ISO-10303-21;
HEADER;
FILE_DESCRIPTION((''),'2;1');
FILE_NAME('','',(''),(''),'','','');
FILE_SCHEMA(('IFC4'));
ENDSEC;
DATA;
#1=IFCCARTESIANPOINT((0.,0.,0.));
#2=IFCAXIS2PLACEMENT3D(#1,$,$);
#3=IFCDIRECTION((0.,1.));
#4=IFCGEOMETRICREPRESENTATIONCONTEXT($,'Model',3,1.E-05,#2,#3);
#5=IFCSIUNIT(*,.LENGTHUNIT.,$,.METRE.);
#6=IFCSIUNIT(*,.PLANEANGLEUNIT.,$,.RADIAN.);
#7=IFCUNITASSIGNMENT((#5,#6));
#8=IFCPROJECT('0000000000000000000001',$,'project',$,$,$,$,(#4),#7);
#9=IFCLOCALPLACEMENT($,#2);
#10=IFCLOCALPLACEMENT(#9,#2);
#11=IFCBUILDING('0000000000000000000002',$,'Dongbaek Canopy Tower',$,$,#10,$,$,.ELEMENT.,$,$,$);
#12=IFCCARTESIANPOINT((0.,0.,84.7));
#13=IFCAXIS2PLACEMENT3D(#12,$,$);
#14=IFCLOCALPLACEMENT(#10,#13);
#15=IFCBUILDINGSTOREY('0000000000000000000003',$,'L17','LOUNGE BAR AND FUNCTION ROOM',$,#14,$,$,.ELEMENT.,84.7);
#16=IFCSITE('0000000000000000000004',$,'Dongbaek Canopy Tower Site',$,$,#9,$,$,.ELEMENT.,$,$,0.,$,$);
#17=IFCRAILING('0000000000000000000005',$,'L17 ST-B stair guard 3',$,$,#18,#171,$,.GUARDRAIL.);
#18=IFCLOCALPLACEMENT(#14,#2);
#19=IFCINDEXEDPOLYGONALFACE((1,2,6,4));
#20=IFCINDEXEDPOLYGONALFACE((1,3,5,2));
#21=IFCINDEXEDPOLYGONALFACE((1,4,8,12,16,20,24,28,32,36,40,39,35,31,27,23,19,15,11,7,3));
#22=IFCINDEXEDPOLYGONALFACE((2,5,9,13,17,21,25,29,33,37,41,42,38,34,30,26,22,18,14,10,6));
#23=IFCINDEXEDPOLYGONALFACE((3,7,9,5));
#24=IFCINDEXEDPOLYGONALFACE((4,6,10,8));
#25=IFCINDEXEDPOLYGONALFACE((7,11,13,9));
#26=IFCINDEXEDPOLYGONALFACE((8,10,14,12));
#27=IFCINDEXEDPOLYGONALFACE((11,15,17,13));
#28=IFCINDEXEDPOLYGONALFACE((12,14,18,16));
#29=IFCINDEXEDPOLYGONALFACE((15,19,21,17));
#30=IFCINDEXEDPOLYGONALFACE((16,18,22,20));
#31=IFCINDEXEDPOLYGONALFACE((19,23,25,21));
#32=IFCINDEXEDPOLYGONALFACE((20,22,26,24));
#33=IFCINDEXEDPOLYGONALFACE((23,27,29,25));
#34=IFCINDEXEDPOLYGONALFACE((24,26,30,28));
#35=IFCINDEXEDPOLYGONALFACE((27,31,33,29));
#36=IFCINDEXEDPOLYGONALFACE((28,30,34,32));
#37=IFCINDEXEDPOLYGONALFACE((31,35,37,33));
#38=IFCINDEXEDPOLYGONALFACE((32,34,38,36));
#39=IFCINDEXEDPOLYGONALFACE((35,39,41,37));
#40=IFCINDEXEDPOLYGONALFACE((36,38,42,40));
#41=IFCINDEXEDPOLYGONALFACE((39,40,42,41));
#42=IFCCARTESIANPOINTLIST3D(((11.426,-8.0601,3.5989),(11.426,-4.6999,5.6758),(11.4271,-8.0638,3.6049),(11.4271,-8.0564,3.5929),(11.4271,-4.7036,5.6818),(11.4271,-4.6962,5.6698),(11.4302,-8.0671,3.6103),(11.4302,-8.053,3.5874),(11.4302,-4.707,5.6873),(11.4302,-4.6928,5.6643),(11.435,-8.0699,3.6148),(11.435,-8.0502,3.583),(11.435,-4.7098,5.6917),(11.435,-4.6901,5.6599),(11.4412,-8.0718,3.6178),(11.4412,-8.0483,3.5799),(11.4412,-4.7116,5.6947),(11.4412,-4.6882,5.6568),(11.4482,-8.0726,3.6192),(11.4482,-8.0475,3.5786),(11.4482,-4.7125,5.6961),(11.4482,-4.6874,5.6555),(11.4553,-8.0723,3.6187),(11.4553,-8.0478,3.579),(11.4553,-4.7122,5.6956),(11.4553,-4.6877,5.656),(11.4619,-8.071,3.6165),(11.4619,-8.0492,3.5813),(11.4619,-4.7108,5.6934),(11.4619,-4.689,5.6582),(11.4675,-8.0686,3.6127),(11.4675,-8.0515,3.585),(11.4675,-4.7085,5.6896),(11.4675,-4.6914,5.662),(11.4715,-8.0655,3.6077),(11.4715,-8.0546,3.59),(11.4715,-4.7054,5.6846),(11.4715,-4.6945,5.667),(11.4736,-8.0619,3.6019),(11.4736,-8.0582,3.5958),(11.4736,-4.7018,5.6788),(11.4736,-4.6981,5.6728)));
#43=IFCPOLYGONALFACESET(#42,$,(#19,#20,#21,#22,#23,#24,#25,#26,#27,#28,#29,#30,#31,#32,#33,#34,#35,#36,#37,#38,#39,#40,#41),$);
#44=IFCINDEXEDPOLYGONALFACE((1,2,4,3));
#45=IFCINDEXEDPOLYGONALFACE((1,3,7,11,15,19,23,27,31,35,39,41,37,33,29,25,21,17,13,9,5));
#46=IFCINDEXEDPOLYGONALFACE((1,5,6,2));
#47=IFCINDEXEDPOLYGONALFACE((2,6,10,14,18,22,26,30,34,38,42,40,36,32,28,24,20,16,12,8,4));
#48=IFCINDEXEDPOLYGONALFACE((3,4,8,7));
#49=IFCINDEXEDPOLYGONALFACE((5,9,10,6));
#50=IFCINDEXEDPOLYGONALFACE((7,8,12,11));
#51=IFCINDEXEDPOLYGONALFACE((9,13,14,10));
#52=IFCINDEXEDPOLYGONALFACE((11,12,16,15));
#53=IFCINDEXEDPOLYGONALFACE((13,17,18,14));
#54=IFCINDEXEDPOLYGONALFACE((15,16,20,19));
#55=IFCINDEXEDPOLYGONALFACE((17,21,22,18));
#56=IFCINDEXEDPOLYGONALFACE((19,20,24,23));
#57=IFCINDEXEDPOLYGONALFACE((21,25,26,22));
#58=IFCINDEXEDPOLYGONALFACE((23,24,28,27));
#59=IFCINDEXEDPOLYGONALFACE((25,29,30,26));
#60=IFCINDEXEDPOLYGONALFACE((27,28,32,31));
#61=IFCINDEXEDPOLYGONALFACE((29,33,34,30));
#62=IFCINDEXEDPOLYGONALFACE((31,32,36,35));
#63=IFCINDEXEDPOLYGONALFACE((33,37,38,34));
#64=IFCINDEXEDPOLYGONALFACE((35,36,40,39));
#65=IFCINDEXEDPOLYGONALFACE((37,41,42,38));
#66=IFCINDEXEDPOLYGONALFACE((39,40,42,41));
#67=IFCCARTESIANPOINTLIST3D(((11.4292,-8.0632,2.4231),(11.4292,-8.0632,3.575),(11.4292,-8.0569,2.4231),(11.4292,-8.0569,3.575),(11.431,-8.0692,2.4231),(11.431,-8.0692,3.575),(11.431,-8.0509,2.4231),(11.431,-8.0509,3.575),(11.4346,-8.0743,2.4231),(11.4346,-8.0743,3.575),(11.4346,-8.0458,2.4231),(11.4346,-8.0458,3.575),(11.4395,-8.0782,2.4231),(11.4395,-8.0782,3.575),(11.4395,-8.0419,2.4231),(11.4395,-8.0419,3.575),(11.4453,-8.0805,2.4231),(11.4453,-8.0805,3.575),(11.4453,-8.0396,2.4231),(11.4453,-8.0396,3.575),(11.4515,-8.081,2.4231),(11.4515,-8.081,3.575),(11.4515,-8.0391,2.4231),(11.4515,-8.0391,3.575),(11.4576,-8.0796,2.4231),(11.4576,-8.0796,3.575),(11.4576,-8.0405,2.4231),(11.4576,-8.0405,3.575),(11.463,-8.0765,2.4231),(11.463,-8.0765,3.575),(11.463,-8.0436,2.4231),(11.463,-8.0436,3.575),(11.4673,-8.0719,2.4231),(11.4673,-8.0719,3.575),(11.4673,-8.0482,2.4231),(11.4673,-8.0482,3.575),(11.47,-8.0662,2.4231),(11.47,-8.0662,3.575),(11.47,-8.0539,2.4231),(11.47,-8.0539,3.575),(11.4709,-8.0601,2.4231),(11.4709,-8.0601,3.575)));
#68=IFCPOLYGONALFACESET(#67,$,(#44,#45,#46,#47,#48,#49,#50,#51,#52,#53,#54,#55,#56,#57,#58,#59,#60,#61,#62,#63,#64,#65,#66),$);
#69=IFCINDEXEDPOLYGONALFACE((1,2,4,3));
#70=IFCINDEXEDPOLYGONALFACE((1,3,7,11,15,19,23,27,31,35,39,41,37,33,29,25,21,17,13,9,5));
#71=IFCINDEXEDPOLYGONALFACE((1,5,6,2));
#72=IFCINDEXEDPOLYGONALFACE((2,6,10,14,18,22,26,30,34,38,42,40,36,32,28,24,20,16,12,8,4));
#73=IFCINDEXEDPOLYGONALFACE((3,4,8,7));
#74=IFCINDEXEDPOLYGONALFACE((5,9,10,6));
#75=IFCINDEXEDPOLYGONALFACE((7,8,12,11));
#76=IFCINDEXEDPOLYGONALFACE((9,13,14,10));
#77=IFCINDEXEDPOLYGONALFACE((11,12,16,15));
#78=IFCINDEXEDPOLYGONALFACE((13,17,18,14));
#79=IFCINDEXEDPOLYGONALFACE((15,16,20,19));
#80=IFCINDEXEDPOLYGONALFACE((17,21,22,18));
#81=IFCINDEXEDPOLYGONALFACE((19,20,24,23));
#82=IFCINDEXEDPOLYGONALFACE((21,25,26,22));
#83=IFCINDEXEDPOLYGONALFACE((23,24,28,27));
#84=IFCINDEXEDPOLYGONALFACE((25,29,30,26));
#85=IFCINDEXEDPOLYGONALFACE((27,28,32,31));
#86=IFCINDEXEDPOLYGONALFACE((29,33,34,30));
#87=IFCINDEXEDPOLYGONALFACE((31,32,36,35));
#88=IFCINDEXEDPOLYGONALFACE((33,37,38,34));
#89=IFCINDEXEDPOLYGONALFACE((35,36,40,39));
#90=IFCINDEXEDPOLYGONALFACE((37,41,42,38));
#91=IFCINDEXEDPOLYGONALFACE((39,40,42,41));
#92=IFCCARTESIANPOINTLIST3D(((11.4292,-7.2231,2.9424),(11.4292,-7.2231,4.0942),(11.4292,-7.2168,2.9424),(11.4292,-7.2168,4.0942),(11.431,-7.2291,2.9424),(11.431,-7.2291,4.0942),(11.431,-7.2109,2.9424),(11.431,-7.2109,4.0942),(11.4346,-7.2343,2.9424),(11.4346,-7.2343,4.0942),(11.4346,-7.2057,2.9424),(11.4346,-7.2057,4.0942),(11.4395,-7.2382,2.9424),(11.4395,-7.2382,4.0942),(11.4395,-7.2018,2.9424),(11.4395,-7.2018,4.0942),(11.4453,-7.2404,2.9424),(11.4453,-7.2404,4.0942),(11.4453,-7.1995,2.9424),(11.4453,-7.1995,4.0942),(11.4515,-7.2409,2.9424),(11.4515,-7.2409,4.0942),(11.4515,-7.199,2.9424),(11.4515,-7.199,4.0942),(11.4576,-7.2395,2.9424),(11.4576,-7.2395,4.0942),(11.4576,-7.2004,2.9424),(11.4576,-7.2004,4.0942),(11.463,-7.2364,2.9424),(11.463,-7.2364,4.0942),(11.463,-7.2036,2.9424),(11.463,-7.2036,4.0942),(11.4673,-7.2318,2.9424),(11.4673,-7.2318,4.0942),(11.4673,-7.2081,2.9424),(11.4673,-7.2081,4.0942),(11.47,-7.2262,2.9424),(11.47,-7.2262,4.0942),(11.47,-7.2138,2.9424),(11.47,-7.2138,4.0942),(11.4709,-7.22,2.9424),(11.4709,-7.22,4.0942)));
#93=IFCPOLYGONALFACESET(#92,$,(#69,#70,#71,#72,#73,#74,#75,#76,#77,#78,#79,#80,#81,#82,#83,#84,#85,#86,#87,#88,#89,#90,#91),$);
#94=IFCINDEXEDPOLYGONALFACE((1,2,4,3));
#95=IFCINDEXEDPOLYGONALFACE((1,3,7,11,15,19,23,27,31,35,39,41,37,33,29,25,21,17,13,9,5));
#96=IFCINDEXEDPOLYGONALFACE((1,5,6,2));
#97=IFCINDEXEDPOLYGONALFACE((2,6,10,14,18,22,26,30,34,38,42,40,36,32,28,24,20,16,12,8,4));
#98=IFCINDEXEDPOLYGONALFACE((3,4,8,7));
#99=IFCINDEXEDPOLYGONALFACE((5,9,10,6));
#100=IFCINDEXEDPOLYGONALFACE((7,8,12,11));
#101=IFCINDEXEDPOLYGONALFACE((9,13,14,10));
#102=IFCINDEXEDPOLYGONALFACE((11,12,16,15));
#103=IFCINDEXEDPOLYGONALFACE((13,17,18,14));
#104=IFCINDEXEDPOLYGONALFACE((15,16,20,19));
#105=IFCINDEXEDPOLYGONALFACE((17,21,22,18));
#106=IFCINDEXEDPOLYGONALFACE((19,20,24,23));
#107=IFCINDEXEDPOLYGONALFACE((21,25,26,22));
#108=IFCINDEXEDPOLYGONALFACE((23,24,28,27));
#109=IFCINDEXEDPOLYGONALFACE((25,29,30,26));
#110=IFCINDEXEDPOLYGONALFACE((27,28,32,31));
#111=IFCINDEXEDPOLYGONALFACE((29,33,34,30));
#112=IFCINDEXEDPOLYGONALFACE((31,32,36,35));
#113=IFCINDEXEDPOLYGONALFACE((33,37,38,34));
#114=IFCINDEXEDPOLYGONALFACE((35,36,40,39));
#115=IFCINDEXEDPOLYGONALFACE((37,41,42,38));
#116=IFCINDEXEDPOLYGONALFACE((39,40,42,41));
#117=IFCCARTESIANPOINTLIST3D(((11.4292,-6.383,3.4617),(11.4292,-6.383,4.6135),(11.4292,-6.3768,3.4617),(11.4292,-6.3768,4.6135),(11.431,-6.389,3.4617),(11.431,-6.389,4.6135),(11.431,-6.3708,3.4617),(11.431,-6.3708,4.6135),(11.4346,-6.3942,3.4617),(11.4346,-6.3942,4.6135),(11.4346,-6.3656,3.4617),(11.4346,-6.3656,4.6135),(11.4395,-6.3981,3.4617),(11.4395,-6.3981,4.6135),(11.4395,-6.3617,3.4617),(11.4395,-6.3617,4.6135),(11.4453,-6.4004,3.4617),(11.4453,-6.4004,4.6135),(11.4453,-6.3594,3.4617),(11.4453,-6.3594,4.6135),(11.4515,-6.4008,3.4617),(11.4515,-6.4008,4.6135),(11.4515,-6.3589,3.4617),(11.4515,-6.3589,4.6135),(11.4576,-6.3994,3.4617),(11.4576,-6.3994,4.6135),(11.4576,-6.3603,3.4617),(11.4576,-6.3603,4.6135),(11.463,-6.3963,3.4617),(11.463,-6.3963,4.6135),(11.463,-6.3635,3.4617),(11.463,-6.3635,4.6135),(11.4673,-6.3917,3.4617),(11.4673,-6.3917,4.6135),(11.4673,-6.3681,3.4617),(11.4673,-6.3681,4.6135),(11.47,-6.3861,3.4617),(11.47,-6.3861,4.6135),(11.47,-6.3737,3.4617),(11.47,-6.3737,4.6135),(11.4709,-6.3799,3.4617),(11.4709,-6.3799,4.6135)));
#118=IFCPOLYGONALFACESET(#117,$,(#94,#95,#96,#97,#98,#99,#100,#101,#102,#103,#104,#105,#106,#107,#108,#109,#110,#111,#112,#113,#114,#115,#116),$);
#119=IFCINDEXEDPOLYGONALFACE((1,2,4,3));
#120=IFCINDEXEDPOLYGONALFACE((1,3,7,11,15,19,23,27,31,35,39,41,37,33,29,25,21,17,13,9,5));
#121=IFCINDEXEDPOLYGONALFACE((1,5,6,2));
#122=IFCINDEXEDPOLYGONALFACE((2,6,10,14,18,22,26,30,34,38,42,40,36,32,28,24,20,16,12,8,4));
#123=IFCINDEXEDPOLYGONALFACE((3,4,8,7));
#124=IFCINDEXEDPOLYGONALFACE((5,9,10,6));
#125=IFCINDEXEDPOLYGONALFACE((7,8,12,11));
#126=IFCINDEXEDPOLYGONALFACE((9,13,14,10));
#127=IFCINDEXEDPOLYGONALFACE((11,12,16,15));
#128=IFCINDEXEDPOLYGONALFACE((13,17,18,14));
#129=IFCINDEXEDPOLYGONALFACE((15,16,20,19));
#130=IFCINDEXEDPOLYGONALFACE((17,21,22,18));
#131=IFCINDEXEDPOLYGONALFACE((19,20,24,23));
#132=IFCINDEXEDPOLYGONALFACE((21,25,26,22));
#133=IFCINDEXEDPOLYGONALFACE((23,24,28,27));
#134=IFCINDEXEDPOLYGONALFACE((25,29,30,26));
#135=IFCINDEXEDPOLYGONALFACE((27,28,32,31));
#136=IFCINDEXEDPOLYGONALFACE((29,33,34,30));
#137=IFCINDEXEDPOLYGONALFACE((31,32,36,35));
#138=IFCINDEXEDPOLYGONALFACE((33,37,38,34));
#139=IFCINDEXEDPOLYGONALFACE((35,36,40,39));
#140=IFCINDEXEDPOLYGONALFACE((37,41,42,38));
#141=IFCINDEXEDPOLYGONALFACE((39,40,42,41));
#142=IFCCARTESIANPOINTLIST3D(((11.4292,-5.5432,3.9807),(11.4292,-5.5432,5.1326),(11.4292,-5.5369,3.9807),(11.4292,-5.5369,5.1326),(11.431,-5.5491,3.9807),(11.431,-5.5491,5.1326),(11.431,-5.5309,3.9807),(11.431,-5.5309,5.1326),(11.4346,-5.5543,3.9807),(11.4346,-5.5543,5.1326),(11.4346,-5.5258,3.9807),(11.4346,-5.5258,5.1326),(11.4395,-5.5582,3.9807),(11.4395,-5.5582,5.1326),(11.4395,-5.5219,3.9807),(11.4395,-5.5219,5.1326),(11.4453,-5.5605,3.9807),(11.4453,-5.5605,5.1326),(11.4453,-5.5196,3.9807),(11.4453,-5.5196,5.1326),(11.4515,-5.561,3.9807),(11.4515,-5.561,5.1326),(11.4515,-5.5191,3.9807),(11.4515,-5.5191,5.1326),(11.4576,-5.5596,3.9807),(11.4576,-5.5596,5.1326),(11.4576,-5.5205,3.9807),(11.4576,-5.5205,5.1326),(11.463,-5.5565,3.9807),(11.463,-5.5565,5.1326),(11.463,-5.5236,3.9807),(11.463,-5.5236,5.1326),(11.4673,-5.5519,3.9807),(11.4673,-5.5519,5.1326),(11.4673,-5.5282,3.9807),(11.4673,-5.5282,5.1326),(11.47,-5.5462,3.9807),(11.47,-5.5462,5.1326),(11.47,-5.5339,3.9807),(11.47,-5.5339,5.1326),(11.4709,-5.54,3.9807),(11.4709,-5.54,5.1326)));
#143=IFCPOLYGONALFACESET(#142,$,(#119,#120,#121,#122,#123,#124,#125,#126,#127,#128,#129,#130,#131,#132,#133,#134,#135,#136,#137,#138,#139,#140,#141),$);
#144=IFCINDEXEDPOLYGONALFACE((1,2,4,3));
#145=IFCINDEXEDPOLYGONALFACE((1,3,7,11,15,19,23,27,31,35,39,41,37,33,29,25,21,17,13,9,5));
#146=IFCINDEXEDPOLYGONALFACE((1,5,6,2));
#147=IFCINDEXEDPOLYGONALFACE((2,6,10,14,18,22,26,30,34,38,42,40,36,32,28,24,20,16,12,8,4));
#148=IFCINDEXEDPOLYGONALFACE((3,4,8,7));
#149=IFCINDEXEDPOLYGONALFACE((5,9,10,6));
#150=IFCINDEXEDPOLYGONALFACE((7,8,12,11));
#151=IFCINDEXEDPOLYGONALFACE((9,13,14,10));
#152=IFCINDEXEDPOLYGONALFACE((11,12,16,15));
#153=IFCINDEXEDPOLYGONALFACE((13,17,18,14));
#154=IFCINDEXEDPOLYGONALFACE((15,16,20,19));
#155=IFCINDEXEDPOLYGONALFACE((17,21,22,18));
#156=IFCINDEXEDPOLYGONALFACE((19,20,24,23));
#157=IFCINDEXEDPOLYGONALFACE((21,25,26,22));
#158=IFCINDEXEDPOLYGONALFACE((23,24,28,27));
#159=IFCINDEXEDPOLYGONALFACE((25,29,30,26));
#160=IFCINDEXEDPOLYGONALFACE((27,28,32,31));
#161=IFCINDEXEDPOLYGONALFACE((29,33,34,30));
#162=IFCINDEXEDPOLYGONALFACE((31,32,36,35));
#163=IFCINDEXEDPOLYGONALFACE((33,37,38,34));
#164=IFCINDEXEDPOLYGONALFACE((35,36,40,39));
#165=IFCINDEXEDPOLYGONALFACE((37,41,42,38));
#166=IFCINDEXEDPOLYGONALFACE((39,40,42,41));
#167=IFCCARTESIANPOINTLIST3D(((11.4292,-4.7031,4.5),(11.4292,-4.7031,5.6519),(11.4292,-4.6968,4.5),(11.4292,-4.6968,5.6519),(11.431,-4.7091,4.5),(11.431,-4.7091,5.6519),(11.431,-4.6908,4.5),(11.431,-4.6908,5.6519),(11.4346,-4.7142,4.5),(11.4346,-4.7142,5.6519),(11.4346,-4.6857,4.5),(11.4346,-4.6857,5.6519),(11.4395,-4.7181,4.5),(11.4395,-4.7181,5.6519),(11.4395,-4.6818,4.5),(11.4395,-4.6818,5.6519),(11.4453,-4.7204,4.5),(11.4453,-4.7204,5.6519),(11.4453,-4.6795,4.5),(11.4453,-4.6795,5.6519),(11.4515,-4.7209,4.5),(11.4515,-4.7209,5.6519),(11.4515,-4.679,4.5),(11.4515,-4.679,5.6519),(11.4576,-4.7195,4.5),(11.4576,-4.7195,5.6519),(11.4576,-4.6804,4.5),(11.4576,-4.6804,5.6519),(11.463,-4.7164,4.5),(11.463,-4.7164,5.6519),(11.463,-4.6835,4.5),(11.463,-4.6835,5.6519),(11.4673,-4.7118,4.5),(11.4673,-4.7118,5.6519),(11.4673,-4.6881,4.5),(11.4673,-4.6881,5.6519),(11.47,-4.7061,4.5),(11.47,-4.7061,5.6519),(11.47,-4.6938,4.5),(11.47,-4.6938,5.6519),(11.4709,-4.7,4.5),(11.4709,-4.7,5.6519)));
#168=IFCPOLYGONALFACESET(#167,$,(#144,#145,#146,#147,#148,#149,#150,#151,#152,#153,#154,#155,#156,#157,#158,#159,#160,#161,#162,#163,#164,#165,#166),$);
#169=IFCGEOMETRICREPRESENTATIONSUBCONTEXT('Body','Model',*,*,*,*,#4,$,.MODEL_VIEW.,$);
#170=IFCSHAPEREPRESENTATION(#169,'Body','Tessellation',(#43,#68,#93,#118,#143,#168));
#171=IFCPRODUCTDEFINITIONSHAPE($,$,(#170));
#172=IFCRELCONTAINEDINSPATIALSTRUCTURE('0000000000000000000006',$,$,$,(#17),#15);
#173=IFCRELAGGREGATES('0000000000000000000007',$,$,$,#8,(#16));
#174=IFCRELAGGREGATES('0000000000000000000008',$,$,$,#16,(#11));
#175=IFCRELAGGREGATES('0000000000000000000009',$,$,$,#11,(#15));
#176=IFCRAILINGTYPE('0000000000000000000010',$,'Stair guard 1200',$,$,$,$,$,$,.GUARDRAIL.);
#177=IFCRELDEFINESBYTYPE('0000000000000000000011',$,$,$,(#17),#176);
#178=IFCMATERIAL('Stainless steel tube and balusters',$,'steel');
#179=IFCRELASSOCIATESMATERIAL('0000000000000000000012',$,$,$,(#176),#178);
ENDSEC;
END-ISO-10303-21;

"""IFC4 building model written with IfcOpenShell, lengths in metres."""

from ifc_helpers import new_model, si_unit, direction, frame, origin, origin_2d, place, context, subcontext, project, spatial, circle, extrude, material, type_object, element, save


model = new_model("IFC4")

# Units and contexts
model_context = context("Model", 3, precision=1e-05, world=origin(), true_north=direction((0.0, 1.0)))
body_context = subcontext(model_context, "Body", "Model", "MODEL_VIEW")
ifc_project = project(units=[si_unit("LENGTHUNIT", "METRE"), si_unit("PLANEANGLEUNIT", "RADIAN")], contexts=[model_context])

# Site, building, storey
site_placement = place(None, origin())
site = spatial("IfcSite", under=ifc_project, at=site_placement, Name="Dongbaek Canopy Tower Site", CompositionType="ELEMENT", RefElevation=0.0)
building_placement = place(site_placement, origin())
building = spatial("IfcBuilding", under=site, at=building_placement, Name="Dongbaek Canopy Tower", CompositionType="ELEMENT")
storey_placement = place(building_placement, frame((0.0, 0.0, 84.7)))
storey = spatial("IfcBuildingStorey", under=building, at=storey_placement, Name="L17", Description="LOUNGE BAR AND FUNCTION ROOM", CompositionType="ELEMENT", Elevation=84.7)

# Railing
ifc_material_1 = material(Name="Stainless steel tube and balusters", Category="steel")
railing_type_1 = type_object("IfcRailingType", Name="Stair guard 1200", PredefinedType="GUARDRAIL", material=ifc_material_1)
railing_1_placement = place(storey_placement, frame((11.45, -8.0601, 2.4231)))
element("IfcRailing", 1, at=railing_1_placement, inside=storey, type_object=railing_type_1, Name="L17 ST-B stair guard 3", PredefinedType="GUARDRAIL", context=body_context, shape_type="SweptSolid", body=[
    extrude(circle(Radius=0.0239, at=origin_2d()), frame((0.0, 0.0, 1.1758), z_axis=(0.0, 0.850623, 0.525776), x_axis=(-1.0, 0.0, 0.0)), (0.0, 0.0, 1.0), 3.9502),
    extrude(circle(Radius=0.021, at=origin_2d()), origin(), (0.0, 0.0, 1.0), 1.1519),
    extrude(circle(Radius=0.021, at=origin_2d()), frame((0.0, 0.8401, 0.5193)), (0.0, 0.0, 1.0), 1.1519),
    extrude(circle(Radius=0.021, at=origin_2d()), frame((0.0, 1.6802, 1.0386)), (0.0, 0.0, 1.0), 1.1519),
    extrude(circle(Radius=0.021, at=origin_2d()), frame((0.0, 2.52, 1.5576)), (0.0, 0.0, 1.0), 1.1519),
    extrude(circle(Radius=0.021, at=origin_2d()), frame((0.0, 3.3601, 2.0769)), (0.0, 0.0, 1.0), 1.1519),
])

save(model, "model.ifc")
